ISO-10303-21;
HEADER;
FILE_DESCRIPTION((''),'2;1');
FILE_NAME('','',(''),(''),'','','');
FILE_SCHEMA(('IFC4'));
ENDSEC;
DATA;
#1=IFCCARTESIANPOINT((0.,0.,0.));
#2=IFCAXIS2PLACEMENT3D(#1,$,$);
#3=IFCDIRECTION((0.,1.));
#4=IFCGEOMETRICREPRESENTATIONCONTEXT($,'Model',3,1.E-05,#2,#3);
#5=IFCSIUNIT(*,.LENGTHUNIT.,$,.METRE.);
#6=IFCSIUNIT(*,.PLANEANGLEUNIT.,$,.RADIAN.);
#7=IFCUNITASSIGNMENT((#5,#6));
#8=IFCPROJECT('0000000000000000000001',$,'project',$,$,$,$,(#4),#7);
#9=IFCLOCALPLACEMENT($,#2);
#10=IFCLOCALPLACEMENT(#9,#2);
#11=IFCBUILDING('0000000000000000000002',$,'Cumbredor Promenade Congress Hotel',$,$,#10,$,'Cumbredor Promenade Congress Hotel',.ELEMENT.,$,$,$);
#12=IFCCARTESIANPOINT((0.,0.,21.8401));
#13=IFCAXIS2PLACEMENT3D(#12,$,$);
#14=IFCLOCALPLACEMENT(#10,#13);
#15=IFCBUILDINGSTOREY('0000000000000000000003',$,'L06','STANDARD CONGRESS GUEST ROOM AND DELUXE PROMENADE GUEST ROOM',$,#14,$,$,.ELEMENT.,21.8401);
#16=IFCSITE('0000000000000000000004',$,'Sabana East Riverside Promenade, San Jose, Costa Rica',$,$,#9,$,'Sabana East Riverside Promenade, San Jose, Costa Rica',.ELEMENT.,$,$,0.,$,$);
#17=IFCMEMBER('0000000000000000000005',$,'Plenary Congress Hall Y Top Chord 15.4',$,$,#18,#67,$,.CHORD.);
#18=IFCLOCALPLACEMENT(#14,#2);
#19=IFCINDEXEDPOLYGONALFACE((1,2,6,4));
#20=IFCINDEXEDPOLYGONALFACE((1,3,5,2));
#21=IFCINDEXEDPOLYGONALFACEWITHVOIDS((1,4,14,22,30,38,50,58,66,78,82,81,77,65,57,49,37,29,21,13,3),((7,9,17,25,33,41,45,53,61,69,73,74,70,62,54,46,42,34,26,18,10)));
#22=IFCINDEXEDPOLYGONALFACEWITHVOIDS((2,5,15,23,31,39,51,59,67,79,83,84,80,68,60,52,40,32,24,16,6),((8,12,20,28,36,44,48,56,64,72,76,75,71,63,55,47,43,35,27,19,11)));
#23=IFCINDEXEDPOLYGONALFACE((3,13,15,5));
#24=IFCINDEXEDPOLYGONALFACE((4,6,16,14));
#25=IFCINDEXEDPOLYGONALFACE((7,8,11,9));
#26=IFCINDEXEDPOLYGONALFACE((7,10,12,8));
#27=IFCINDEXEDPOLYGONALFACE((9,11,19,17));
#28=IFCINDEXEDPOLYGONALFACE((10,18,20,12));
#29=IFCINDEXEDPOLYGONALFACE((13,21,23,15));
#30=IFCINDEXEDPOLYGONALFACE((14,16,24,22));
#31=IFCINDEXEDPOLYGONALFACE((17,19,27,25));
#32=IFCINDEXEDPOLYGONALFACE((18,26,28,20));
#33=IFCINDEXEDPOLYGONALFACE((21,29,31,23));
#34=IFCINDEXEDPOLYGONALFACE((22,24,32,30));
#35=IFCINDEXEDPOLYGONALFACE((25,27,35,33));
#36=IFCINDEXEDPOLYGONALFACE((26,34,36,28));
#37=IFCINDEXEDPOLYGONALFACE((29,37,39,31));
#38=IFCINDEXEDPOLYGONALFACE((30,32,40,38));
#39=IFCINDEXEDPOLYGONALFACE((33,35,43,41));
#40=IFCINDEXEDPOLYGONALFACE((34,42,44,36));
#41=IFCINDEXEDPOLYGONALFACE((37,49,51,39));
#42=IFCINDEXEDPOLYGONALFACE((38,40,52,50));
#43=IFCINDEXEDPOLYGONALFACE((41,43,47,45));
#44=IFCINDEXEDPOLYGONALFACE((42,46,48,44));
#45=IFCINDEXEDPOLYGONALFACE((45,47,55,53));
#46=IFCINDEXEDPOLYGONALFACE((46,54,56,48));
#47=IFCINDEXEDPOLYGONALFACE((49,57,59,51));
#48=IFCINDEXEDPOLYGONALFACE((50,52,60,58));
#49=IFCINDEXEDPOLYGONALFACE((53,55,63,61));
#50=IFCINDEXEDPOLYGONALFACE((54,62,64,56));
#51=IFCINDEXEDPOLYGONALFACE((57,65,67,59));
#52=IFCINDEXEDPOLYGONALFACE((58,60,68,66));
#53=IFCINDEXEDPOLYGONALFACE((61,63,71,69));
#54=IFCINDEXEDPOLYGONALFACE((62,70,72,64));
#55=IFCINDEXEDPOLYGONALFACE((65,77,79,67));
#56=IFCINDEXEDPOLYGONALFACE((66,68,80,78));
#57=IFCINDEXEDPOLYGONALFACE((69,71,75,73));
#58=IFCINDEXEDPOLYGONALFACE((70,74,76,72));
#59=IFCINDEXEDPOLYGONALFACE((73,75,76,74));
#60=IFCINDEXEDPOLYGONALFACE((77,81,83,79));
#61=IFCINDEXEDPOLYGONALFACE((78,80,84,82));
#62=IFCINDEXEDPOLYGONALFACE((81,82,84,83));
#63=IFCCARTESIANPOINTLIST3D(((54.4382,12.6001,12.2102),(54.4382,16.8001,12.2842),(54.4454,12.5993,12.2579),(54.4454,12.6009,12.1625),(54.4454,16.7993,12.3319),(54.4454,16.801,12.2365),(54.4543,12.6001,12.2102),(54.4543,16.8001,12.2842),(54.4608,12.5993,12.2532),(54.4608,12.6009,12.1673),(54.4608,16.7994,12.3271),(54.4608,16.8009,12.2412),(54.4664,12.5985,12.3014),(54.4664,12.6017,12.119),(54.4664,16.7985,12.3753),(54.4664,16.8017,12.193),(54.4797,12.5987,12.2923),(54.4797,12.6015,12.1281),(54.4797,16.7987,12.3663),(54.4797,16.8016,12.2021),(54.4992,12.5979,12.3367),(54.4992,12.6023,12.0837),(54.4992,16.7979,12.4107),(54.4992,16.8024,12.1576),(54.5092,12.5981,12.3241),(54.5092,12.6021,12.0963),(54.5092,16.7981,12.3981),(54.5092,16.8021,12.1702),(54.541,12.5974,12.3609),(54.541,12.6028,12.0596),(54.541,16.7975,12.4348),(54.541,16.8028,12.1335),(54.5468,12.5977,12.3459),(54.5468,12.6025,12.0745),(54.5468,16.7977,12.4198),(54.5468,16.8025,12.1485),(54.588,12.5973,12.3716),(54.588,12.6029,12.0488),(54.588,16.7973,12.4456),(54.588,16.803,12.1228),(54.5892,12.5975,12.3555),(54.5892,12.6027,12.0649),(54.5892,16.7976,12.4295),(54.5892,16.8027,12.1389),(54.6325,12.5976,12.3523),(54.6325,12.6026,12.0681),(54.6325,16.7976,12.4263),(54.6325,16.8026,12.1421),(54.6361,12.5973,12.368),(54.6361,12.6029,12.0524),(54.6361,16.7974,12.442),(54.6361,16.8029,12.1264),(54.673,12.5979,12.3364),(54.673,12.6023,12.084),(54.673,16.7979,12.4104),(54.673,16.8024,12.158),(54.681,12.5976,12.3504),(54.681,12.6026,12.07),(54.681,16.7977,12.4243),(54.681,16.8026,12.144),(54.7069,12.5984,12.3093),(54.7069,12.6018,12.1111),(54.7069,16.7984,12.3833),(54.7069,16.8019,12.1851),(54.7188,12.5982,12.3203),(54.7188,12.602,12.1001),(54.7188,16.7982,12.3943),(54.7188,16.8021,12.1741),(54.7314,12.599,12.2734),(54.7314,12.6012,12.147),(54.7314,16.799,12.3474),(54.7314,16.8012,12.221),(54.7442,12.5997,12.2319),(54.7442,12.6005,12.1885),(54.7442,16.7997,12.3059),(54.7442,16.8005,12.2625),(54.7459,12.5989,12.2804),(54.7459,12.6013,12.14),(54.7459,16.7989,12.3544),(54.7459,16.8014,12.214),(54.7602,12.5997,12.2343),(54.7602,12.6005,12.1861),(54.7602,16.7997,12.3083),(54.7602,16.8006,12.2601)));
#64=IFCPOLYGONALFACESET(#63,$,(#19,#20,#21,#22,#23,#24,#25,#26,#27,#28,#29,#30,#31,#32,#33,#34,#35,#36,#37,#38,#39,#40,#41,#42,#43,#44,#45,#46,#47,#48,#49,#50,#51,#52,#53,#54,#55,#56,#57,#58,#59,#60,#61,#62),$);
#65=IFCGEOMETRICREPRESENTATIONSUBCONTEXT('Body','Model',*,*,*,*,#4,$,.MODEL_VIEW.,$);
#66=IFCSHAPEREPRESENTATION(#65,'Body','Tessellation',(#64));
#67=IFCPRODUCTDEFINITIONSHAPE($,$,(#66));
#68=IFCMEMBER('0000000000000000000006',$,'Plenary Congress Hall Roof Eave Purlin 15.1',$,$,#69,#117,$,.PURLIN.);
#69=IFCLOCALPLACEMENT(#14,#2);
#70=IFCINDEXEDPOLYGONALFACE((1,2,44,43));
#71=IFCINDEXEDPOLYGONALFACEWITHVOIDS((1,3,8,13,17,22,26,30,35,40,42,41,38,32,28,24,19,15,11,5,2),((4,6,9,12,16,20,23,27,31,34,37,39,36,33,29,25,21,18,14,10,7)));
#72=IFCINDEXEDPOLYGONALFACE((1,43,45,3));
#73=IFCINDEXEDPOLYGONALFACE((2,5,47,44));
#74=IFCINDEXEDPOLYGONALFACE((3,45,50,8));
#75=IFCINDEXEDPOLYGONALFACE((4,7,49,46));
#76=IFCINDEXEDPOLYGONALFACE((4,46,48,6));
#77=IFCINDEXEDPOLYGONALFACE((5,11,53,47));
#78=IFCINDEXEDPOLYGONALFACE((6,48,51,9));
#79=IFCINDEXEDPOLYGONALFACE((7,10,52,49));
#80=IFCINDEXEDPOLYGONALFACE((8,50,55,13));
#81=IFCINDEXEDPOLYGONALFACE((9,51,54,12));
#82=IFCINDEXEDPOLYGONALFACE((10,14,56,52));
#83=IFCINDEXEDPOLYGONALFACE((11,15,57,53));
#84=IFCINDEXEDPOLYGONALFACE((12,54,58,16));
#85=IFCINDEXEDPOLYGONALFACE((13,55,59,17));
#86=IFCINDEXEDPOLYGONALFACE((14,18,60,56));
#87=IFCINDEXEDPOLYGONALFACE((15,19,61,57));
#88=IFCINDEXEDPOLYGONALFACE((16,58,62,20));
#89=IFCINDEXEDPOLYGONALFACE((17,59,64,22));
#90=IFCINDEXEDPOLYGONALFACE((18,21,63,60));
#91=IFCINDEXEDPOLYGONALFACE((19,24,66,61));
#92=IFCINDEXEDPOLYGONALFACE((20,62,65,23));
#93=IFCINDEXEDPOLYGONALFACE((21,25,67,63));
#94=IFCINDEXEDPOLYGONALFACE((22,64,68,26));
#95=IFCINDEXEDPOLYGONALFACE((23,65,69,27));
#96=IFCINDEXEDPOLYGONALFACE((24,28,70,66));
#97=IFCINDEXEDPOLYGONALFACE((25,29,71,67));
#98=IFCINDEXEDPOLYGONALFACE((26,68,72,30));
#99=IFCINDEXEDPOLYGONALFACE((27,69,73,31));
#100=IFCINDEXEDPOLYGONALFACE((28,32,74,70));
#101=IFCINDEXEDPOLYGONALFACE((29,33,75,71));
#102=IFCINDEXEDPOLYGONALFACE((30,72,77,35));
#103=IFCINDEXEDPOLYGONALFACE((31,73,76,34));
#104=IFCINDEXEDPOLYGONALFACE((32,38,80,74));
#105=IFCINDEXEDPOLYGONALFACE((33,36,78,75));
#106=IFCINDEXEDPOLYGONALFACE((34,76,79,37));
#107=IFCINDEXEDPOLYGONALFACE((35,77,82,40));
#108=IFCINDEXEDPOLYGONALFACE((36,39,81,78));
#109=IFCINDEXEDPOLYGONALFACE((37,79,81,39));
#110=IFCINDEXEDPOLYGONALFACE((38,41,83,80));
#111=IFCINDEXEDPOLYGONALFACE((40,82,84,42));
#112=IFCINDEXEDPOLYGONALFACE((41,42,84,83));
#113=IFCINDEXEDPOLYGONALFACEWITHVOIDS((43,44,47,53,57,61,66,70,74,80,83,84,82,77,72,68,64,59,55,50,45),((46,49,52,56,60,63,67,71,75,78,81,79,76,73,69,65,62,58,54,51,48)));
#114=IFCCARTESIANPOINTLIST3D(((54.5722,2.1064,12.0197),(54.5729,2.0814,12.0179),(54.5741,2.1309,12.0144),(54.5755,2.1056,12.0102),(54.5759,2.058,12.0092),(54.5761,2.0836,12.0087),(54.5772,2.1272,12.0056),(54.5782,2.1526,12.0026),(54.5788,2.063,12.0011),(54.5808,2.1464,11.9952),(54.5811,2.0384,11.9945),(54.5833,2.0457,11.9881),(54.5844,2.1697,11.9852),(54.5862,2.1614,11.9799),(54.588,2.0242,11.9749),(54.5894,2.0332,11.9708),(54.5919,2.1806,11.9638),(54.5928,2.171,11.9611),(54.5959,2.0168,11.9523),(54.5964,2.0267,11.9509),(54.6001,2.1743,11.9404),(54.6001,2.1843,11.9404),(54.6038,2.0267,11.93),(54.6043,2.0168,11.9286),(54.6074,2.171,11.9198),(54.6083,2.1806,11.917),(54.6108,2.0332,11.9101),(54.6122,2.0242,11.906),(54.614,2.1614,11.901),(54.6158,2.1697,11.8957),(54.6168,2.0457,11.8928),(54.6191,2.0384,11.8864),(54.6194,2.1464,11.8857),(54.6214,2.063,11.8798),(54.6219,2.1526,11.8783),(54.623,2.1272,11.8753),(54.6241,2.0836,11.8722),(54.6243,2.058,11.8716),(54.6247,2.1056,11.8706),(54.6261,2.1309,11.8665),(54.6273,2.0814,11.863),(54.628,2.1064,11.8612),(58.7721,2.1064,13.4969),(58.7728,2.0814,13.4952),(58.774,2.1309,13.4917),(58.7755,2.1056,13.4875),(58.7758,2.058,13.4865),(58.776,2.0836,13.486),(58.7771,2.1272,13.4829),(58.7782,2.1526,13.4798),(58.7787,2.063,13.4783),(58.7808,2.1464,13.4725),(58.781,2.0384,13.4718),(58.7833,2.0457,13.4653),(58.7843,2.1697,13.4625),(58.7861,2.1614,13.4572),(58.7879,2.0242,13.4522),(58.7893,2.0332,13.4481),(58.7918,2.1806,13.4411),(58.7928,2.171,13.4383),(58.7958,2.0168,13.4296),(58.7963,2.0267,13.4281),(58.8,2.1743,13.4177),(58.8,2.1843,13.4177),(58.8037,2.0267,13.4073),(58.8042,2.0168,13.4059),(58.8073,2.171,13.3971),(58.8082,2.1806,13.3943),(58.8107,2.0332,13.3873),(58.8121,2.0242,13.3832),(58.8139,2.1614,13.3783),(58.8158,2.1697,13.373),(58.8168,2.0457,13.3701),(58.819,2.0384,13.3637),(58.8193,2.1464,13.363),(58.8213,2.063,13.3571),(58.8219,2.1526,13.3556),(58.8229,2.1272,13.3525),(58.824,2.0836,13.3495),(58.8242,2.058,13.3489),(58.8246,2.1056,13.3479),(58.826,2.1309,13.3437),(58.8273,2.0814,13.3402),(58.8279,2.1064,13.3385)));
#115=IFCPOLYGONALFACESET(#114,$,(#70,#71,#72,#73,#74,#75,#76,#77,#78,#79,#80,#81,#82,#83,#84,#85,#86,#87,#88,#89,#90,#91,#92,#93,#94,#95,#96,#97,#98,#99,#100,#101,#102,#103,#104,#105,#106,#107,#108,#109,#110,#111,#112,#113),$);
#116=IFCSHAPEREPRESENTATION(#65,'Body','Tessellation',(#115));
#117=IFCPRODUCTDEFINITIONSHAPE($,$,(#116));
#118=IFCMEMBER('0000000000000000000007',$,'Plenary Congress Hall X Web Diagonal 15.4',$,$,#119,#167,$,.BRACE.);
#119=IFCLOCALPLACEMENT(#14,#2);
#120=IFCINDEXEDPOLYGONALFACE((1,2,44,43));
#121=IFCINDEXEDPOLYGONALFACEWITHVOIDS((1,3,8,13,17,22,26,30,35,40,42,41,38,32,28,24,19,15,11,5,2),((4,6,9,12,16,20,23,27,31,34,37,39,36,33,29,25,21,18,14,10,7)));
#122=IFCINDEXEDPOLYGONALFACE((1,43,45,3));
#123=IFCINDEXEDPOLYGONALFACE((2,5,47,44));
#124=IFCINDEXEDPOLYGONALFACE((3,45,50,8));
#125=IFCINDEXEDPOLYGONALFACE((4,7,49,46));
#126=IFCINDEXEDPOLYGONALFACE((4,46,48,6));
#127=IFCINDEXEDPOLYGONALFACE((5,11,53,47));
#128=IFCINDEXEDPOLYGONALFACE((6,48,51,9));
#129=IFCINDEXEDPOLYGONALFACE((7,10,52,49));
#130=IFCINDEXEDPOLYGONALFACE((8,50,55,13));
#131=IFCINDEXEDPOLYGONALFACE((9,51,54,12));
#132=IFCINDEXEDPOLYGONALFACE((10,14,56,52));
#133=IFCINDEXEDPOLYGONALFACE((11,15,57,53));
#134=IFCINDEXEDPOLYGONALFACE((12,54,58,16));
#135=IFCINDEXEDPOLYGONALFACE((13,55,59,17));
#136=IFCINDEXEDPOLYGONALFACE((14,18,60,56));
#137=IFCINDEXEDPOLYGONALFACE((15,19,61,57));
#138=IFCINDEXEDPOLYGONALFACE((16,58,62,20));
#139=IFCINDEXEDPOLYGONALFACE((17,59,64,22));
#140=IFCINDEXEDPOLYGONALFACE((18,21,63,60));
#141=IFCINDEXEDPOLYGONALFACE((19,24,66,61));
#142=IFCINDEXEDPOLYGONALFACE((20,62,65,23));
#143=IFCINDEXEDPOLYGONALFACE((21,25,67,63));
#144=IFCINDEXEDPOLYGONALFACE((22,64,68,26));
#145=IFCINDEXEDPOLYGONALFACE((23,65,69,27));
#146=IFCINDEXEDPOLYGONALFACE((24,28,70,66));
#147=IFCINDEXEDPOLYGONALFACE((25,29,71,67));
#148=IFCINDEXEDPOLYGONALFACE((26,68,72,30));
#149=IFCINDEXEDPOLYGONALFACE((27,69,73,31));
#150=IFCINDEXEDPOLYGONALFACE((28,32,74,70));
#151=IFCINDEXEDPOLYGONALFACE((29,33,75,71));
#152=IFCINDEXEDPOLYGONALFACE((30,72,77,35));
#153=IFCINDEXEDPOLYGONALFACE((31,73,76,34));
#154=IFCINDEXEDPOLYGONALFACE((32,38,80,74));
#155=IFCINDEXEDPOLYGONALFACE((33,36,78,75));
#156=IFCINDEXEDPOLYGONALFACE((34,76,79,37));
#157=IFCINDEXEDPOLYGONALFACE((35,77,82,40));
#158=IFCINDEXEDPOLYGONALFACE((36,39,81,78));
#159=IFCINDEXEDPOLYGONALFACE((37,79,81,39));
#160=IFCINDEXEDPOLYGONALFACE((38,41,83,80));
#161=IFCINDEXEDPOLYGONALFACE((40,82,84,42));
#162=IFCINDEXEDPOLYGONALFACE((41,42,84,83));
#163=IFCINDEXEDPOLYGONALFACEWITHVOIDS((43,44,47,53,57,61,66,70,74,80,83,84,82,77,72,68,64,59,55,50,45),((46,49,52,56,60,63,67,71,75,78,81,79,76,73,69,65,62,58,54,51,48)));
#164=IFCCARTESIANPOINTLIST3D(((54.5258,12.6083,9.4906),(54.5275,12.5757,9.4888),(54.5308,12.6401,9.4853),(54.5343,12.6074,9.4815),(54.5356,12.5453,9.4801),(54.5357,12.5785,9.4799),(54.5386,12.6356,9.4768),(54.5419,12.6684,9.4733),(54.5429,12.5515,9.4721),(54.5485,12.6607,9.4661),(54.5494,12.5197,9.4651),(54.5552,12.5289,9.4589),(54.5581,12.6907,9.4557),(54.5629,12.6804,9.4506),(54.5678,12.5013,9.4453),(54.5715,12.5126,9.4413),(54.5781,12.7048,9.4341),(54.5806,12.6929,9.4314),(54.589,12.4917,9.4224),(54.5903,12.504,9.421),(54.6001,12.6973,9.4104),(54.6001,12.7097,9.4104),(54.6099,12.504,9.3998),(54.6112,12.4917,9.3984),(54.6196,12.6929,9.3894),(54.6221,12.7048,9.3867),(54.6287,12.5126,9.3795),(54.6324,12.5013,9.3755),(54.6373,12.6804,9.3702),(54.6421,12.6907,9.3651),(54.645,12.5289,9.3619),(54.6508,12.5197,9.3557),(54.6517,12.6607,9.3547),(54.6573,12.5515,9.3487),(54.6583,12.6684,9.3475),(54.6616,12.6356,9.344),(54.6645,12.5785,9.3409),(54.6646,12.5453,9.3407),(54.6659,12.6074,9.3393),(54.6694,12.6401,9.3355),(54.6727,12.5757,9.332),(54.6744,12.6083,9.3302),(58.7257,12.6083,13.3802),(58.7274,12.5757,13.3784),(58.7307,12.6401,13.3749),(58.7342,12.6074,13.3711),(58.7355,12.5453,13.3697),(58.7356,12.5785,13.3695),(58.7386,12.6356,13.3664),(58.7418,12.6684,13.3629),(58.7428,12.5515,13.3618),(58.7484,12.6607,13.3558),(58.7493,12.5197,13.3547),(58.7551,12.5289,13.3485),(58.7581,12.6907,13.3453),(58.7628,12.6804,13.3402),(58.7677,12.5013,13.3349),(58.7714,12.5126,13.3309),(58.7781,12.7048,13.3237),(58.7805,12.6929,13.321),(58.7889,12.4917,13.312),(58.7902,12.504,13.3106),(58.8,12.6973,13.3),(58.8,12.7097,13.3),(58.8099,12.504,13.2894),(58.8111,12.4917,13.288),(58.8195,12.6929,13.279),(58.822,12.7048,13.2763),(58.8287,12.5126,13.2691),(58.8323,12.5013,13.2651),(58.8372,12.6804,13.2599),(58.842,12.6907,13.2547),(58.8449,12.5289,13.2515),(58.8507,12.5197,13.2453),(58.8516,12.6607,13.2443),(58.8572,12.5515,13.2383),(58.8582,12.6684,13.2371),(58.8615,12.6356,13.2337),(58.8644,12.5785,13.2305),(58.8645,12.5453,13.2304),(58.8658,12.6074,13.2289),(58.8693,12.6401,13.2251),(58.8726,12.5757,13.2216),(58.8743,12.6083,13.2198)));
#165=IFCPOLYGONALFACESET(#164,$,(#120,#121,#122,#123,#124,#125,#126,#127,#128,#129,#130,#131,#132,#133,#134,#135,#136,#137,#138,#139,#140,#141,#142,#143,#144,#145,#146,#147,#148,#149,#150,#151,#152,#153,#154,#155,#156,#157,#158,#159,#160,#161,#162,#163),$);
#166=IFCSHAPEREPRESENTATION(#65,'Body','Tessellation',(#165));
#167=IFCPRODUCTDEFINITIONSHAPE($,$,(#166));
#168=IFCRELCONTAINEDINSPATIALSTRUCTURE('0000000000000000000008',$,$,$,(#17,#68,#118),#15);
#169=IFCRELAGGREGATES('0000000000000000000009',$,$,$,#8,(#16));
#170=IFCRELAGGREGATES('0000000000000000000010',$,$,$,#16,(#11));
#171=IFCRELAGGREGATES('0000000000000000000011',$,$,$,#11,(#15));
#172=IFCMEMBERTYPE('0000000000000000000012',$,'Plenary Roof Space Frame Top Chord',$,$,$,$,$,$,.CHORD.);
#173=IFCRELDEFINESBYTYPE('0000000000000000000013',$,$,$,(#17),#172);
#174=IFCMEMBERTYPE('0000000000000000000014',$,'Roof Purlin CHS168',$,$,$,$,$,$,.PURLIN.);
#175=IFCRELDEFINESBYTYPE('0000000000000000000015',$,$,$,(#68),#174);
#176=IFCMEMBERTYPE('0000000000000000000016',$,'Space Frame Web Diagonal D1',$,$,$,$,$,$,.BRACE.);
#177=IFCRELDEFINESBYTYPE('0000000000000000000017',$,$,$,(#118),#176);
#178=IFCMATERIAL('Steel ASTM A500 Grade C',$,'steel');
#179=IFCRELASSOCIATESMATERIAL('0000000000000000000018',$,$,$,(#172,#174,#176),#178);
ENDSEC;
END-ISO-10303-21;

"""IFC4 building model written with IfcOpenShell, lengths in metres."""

from ifc_helpers import new_model, si_unit, direction, frame, origin, origin_2d, place, context, subcontext, project, spatial, hollow_circle, extrude, material, material_profile, profile_set, type_object, element, save


model = new_model("IFC4")

# Units and contexts
model_context = context("Model", 3, precision=1e-05, world=origin(), true_north=direction((0.0, 1.0)))
body_context = subcontext(model_context, "Body", "Model", "MODEL_VIEW")
ifc_project = project(units=[si_unit("LENGTHUNIT", "METRE"), si_unit("PLANEANGLEUNIT", "RADIAN")], contexts=[model_context])

# Site, building, storey
site_placement = place(None, origin())
site = spatial("IfcSite", under=ifc_project, at=site_placement, Name="Sabana East Riverside Promenade, San Jose, Costa Rica", LongName="Sabana East Riverside Promenade, San Jose, Costa Rica", CompositionType="ELEMENT", RefElevation=0.0)
building_placement = place(site_placement, origin())
building = spatial("IfcBuilding", under=site, at=building_placement, Name="Cumbredor Promenade Congress Hotel", LongName="Cumbredor Promenade Congress Hotel", CompositionType="ELEMENT")
storey_placement = place(building_placement, frame((0.0, 0.0, 21.8401)))
storey = spatial("IfcBuildingStorey", under=building, at=storey_placement, Name="L06", Description="STANDARD CONGRESS GUEST ROOM AND DELUXE PROMENADE GUEST ROOM", CompositionType="ELEMENT", Elevation=21.8401)

# Members
ifc_material_1 = material(Name="Steel ASTM A500 Grade C", Category="steel")
ifc_material_profile_1 = material_profile(ifc_material_1, hollow_circle(Radius=0.1619, WallThickness=0.0161, at=origin_2d()), Name="CHS 323.9x16")
ifc_profile_set_1 = profile_set([ifc_material_profile_1], Name="Steel ASTM A500 Grade C")
member_type_1 = type_object("IfcMemberType", Name="Plenary Roof Space Frame Top Chord", PredefinedType="CHORD", material=ifc_profile_set_1)
member_1_placement = place(storey_placement, frame((54.6001, 12.6001, 12.2102), z_axis=(0.0, 0.999845, 0.01761), x_axis=(-1.0, 0.0, 0.0)))
element("IfcMember", 1, at=member_1_placement, inside=storey, type_object=member_type_1, Name="Plenary Congress Hall Y Top Chord 15.4", PredefinedType="CHORD", context=body_context, shape_type="SweptSolid", body=[
    extrude(hollow_circle(Radius=0.1619, WallThickness=0.0161, at=origin_2d()), origin(), (0.0, 0.0, 1.0), 4.2007),
])
ifc_material_profile_2 = material_profile(ifc_material_1, hollow_circle(Radius=0.0842, WallThickness=0.01, at=origin_2d()), Name="CHS 168.3x10")
ifc_profile_set_2 = profile_set([ifc_material_profile_2], Name="Steel ASTM A500 Grade C")
member_type_2 = type_object("IfcMemberType", Name="Roof Purlin CHS168", PredefinedType="PURLIN", material=ifc_profile_set_2)
member_2_placement = place(storey_placement, frame((54.6001, 2.1001, 11.9404), z_axis=(0.943345, 0.0, 0.331813), x_axis=(0.0, 1.0, 0.0)))
element("IfcMember", 2, at=member_2_placement, inside=storey, type_object=member_type_2, Name="Plenary Congress Hall Roof Eave Purlin 15.1", PredefinedType="PURLIN", context=body_context, shape_type="SweptSolid", body=[
    extrude(hollow_circle(Radius=0.0842, WallThickness=0.01, at=origin_2d()), origin(), (0.0, 0.0, 1.0), 4.4521),
])
ifc_material_profile_3 = material_profile(ifc_material_1, hollow_circle(Radius=0.1096, WallThickness=0.0125, at=origin_2d()), Name="CHS 219.1x12.5")
ifc_profile_set_3 = profile_set([ifc_material_profile_3], Name="Steel ASTM A500 Grade C")
member_type_3 = type_object("IfcMemberType", Name="Space Frame Web Diagonal D1", PredefinedType="BRACE", material=ifc_profile_set_3)
member_3_placement = place(storey_placement, frame((54.6001, 12.6001, 9.4104), z_axis=(0.733691, 0.0, 0.679484), x_axis=(0.0, 1.0, 0.0)))
element("IfcMember", 3, at=member_3_placement, inside=storey, type_object=member_type_3, Name="Plenary Congress Hall X Web Diagonal 15.4", PredefinedType="BRACE", context=body_context, shape_type="SweptSolid", body=[
    extrude(hollow_circle(Radius=0.1096, WallThickness=0.0125, at=origin_2d()), origin(), (0.0, 0.0, 1.0), 5.7244),
])

save(model, "model.ifc")
